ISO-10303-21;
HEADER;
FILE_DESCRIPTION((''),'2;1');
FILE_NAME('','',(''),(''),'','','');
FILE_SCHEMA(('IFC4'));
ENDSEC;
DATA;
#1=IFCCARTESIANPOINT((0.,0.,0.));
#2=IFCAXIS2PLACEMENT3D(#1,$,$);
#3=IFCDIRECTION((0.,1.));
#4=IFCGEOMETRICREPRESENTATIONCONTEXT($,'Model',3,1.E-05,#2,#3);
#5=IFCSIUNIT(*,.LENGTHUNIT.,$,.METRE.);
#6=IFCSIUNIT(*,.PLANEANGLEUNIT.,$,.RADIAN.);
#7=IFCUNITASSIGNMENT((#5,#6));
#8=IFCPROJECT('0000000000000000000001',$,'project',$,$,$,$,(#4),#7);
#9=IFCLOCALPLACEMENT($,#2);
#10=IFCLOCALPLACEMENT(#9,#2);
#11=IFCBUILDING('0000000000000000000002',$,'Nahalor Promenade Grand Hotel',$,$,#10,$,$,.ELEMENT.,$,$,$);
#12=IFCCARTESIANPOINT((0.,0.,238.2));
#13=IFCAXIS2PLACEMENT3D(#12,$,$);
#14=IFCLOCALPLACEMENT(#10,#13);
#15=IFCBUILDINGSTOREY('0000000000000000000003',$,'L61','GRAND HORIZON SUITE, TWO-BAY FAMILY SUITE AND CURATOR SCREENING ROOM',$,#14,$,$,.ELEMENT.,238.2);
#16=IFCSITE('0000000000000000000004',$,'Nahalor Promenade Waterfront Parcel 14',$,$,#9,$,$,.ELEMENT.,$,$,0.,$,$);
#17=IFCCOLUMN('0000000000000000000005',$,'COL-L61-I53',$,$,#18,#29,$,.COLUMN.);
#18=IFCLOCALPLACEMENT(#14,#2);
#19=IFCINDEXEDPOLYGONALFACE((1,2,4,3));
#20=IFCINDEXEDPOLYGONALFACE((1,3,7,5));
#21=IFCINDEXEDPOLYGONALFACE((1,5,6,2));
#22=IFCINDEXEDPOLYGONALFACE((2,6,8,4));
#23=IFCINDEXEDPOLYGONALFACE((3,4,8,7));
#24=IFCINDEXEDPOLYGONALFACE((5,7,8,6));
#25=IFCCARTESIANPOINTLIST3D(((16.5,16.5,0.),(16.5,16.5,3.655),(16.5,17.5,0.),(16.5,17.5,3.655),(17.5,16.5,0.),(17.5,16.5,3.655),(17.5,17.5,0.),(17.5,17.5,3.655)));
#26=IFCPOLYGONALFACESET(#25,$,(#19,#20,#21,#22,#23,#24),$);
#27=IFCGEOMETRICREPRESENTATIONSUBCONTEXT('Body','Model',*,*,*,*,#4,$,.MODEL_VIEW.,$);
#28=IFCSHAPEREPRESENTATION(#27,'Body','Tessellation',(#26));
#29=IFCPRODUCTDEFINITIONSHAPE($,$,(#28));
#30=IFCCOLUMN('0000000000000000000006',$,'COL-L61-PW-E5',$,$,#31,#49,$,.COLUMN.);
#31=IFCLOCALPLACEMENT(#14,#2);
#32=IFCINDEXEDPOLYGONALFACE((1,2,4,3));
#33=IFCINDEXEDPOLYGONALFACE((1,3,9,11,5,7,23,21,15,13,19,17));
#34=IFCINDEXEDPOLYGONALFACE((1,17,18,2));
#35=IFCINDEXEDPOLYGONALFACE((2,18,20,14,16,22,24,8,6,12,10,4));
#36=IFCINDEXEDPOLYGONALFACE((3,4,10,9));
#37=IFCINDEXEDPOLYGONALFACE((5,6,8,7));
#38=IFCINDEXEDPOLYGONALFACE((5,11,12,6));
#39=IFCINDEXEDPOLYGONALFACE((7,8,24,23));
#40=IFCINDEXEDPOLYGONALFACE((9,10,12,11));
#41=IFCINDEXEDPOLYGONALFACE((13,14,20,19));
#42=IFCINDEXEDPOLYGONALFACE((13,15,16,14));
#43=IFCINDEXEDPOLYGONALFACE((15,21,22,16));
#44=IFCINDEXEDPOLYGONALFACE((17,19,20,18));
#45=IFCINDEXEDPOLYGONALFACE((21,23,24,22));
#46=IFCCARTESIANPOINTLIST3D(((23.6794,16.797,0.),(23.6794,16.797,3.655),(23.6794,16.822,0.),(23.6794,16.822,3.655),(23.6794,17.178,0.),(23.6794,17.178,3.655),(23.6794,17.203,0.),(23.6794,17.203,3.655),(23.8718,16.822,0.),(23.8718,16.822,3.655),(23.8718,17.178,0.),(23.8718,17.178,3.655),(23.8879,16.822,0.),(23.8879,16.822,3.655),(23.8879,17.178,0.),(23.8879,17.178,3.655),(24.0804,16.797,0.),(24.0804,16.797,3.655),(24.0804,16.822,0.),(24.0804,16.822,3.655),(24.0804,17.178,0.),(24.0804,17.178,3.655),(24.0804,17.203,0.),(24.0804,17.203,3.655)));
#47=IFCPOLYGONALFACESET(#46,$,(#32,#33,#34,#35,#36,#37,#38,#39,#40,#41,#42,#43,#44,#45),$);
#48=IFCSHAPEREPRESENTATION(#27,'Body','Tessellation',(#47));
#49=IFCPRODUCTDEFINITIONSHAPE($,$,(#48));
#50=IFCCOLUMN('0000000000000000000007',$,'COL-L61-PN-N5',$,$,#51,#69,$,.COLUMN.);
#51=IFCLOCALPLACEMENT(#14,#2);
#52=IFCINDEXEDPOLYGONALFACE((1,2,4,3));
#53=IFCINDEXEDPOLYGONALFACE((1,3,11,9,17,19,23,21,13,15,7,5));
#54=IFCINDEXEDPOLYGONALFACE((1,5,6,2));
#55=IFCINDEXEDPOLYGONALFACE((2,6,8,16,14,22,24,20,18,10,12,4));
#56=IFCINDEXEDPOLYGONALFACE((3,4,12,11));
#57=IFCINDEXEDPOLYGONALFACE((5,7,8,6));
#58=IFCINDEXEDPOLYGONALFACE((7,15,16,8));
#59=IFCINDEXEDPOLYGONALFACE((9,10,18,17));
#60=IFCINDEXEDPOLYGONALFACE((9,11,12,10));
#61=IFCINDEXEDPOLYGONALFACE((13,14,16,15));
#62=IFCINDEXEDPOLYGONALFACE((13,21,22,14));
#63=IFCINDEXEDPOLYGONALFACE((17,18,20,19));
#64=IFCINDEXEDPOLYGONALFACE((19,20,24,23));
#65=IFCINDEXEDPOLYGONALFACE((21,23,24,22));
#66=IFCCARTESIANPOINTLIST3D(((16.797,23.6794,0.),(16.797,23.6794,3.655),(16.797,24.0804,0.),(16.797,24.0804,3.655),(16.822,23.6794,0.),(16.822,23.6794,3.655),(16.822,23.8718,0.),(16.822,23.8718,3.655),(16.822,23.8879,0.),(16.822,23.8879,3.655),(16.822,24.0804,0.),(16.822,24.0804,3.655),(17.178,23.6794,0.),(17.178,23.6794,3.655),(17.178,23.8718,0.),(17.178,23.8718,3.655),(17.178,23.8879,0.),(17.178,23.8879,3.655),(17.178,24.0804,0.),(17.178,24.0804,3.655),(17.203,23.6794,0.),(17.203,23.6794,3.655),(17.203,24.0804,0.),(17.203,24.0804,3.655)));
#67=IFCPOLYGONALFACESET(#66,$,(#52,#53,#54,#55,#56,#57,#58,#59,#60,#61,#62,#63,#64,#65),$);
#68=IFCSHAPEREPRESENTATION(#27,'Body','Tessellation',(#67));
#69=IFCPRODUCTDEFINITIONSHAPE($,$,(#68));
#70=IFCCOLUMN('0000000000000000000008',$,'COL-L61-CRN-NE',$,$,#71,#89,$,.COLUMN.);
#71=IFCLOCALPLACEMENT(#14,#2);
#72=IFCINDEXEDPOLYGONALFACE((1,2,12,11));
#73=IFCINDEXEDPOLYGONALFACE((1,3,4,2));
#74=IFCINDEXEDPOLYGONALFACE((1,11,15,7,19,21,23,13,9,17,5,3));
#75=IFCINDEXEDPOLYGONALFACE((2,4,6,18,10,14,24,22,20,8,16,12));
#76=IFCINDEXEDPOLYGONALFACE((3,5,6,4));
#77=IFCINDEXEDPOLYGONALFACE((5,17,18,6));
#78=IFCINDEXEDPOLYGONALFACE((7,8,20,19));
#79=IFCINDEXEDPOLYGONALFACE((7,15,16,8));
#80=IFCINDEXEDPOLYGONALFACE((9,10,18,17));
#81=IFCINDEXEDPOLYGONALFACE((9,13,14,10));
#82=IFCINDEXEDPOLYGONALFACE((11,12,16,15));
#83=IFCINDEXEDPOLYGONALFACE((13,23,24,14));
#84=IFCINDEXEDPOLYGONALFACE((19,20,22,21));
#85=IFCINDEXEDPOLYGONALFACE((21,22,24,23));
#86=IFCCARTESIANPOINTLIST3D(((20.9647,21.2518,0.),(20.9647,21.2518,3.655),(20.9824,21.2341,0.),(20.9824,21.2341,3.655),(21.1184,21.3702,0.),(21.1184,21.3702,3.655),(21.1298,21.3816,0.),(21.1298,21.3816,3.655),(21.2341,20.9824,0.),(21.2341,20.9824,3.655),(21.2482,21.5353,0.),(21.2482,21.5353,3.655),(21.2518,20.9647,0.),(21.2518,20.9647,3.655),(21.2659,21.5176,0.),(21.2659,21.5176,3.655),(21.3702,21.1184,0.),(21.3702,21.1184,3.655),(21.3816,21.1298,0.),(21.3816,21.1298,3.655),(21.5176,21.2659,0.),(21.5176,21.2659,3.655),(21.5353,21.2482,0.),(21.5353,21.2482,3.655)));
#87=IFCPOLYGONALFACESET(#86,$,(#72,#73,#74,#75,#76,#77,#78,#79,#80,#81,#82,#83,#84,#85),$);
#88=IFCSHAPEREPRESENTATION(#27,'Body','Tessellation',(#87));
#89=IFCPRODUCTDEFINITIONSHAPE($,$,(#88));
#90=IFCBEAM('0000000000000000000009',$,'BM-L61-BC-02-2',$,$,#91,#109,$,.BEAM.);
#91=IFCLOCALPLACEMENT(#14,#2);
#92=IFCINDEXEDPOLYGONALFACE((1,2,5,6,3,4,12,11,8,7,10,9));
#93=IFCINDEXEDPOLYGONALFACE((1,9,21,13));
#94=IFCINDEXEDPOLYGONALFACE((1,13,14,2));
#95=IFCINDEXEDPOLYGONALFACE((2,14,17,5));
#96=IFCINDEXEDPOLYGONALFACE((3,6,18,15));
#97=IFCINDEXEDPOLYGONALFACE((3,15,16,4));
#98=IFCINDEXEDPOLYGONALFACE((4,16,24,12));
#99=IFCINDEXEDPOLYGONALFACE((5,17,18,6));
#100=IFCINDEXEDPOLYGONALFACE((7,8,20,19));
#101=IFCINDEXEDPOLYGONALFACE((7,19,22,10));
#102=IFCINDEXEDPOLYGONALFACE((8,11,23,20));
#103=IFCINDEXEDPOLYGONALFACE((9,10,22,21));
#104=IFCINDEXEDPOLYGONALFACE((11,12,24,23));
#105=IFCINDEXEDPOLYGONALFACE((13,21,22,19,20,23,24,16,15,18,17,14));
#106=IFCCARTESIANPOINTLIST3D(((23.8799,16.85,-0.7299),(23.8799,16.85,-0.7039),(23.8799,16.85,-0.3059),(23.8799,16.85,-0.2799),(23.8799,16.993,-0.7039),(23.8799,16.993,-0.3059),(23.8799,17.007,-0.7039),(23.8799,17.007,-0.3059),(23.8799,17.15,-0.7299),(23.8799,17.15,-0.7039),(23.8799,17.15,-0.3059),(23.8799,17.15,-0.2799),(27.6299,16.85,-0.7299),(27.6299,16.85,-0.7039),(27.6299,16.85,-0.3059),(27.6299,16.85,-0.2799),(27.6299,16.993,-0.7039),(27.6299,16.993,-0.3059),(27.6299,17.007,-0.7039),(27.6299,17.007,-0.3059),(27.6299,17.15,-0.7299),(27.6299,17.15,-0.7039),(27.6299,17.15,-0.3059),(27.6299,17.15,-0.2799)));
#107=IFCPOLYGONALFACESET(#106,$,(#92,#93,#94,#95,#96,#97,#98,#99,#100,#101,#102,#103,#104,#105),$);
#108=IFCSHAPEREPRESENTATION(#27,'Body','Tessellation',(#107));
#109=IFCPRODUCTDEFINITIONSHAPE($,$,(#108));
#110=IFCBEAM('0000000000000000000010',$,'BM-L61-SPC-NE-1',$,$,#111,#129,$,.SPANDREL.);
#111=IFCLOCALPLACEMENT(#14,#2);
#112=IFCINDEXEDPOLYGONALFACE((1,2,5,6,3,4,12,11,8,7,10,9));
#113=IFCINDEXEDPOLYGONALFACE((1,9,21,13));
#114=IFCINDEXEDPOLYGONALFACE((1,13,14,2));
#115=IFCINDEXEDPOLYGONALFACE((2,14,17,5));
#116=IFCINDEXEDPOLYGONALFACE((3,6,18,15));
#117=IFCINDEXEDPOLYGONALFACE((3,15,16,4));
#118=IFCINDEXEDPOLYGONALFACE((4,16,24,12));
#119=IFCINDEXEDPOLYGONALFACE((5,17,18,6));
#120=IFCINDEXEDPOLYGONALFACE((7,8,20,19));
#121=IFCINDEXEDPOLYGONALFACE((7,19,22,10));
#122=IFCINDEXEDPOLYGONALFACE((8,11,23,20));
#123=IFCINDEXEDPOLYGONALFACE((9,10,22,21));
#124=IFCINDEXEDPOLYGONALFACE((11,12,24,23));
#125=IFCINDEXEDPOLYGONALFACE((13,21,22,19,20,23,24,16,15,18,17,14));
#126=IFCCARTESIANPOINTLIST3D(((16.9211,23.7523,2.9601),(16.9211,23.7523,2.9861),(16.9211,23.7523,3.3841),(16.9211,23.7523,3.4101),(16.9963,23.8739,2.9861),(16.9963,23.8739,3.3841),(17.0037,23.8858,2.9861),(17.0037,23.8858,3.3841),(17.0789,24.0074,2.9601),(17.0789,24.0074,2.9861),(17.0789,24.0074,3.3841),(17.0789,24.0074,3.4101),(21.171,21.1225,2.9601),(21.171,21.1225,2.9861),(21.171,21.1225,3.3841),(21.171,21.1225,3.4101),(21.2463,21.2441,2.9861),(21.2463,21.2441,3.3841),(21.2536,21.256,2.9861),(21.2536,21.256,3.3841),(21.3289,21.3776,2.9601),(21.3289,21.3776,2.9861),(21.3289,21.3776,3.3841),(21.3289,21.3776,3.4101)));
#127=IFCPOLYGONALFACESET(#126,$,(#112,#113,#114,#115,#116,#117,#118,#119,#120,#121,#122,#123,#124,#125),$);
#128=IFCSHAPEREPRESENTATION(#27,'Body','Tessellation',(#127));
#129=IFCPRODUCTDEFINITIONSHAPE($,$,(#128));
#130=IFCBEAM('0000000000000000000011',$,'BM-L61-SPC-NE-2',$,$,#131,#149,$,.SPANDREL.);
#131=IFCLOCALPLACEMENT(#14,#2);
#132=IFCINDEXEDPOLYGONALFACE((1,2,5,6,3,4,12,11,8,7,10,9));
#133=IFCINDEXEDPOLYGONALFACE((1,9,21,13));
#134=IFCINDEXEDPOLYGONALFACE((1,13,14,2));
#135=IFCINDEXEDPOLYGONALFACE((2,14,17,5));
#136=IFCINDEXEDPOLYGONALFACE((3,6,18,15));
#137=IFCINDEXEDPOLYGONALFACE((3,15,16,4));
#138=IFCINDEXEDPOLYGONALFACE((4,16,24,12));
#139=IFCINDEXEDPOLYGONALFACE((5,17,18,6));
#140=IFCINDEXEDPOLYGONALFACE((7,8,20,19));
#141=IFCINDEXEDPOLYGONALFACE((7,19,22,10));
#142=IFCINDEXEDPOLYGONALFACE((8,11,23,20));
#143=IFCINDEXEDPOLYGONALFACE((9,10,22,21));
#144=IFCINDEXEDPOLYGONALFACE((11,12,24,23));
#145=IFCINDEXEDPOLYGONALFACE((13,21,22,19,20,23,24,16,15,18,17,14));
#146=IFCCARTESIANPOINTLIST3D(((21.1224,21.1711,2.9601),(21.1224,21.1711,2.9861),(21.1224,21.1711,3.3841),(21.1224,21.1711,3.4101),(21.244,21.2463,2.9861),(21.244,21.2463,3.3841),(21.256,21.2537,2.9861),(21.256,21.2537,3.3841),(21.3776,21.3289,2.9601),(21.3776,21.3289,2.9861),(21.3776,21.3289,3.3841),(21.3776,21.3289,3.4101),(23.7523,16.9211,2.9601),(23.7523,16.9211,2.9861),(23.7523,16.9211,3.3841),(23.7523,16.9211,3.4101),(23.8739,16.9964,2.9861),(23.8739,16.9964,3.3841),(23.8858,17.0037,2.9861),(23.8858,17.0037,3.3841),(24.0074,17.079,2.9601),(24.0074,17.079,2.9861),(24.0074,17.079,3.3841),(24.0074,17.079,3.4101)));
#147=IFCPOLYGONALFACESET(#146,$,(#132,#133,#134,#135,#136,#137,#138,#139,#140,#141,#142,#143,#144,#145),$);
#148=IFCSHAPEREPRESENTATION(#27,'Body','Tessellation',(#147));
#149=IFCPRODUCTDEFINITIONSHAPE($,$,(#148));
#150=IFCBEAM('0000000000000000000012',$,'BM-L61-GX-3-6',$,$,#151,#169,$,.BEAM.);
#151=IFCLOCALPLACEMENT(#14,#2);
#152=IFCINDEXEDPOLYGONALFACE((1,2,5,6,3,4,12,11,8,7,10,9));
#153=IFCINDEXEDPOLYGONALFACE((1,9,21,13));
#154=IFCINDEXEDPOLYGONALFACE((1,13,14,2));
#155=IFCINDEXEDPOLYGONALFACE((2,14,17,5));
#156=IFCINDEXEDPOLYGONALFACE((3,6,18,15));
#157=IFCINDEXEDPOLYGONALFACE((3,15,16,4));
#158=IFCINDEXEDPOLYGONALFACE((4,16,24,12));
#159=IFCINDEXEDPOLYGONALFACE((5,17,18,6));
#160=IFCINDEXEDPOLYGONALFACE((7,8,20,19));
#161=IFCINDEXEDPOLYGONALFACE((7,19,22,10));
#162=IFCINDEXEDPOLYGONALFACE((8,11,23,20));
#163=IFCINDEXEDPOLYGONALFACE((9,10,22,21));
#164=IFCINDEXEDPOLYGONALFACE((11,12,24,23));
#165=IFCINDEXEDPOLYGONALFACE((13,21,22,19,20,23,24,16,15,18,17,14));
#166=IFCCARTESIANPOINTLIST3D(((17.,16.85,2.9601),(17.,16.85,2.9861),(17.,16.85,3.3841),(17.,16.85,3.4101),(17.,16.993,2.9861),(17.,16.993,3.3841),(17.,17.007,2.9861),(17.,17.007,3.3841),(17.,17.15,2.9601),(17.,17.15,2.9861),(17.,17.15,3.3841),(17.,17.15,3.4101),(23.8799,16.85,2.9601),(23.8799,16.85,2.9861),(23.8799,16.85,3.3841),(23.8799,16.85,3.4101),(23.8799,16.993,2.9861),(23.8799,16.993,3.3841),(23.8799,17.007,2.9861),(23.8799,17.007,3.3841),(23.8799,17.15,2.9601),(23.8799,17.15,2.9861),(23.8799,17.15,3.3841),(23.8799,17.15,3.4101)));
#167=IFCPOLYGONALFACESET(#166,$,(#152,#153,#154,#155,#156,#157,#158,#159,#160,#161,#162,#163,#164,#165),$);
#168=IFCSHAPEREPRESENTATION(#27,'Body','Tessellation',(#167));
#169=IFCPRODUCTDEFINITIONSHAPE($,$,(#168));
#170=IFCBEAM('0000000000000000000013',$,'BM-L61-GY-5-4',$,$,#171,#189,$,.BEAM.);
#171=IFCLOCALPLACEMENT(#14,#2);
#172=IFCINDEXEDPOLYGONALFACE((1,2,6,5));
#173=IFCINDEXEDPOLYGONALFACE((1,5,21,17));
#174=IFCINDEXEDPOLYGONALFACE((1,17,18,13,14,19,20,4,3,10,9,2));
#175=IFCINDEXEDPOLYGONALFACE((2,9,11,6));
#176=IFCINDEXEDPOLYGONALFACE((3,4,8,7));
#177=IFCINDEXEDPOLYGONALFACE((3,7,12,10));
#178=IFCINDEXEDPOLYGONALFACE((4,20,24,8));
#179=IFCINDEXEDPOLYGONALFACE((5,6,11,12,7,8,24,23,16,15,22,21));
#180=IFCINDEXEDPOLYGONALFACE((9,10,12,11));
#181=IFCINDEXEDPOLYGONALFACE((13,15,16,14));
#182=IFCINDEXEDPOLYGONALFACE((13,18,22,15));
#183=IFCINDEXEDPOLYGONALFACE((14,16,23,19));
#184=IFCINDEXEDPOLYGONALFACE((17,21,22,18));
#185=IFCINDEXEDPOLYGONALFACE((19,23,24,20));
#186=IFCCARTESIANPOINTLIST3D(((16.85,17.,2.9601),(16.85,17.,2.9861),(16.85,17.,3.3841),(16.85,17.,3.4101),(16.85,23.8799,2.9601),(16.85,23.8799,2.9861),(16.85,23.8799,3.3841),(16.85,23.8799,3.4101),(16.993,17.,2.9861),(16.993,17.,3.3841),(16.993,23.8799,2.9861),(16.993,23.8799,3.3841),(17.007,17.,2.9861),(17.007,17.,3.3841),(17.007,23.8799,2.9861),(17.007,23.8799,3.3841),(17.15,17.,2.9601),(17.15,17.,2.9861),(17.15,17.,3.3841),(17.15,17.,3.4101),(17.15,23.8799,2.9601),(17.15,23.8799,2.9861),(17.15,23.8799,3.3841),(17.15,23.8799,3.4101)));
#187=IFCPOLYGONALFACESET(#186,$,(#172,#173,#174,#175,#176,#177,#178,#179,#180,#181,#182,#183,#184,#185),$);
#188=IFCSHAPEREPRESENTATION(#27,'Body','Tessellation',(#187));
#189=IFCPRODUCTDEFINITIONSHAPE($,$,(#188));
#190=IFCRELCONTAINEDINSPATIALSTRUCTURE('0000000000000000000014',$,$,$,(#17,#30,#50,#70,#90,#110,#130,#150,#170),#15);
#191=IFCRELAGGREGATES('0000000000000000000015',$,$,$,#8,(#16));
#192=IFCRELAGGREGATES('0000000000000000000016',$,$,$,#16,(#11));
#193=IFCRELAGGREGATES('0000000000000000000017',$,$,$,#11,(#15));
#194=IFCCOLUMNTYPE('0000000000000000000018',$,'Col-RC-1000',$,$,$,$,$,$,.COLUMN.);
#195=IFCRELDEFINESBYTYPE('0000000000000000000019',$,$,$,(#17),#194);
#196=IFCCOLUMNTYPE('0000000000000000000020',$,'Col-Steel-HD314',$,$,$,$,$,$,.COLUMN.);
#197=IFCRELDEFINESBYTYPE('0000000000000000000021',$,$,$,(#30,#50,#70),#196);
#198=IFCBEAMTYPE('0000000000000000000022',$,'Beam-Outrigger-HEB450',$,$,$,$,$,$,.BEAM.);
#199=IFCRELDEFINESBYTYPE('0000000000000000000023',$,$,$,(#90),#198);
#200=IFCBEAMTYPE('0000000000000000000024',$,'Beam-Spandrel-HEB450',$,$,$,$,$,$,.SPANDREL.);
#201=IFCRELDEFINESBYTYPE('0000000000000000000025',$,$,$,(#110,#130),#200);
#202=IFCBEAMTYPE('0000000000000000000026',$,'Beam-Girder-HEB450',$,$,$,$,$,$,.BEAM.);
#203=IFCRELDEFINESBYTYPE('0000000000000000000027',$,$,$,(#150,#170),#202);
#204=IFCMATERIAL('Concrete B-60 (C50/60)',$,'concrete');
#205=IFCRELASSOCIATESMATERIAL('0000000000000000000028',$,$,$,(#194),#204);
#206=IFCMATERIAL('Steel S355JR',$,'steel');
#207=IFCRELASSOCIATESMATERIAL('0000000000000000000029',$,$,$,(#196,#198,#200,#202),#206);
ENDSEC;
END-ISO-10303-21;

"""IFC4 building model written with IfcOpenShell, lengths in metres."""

from ifc_helpers import new_model, si_unit, direction, frame, origin, origin_2d, place, context, subcontext, project, spatial, rectangle, i_section, extrude, source, transform, mapped, material, material_profile, profile_set, type_object, element, save


model = new_model("IFC4")

# Units and contexts
model_context = context("Model", 3, precision=1e-05, world=origin(), true_north=direction((0.0, 1.0)))
body_context = subcontext(model_context, "Body", "Model", "MODEL_VIEW")
ifc_project = project(units=[si_unit("LENGTHUNIT", "METRE"), si_unit("PLANEANGLEUNIT", "RADIAN")], contexts=[model_context])

# Site, building, storey
site_placement = place(None, origin())
site = spatial("IfcSite", under=ifc_project, at=site_placement, Name="Nahalor Promenade Waterfront Parcel 14", CompositionType="ELEMENT", RefElevation=0.0)
building_placement = place(site_placement, origin())
building = spatial("IfcBuilding", under=site, at=building_placement, Name="Nahalor Promenade Grand Hotel", CompositionType="ELEMENT")
storey_placement = place(building_placement, frame((0.0, 0.0, 238.2)))
storey = spatial("IfcBuildingStorey", under=building, at=storey_placement, Name="L61", Description="GRAND HORIZON SUITE, TWO-BAY FAMILY SUITE AND CURATOR SCREENING ROOM", CompositionType="ELEMENT", Elevation=238.2)

# Columns
ifc_material_1 = material(Name="Concrete B-60 (C50/60)", Category="concrete")
ifc_material_profile_1 = material_profile(ifc_material_1, rectangle(XDim=1.0, YDim=1.0, at=origin_2d()), Name="RC 1000x1000")
ifc_profile_set_1 = profile_set([ifc_material_profile_1], Name="Concrete B-60 (C50/60)")
column_type_1 = type_object("IfcColumnType", Name="Col-RC-1000", PredefinedType="COLUMN", material=ifc_profile_set_1)
shared_shape_1 = source(origin(), body_context, "Body", "SweptSolid", [
    extrude(rectangle(XDim=1.0, YDim=1.0, at=origin_2d()), origin(), (0.0, 0.0, 1.0), 3.655),
])
column_placement = place(storey_placement, frame((17.0, 17.0, 0.0), z_axis=(0.0, 0.0, 1.0), x_axis=(1.0, 0.0, 0.0)))
element("IfcColumn", 1, at=column_placement, inside=storey, type_object=column_type_1, Name="COL-L61-I53", PredefinedType="COLUMN", context=body_context, shape_type="MappedRepresentation", body=[
    mapped(shared_shape_1, transform((0.0, 0.0, 0.0), scale=1.0)),
])
ifc_material_2 = material(Name="Steel S355JR", Category="steel")
ifc_material_profile_2 = material_profile(ifc_material_2, i_section(OverallWidth=0.401, OverallDepth=0.406, WebThickness=0.0161, FlangeThickness=0.025, at=origin_2d()), Name="HD 400x314")
ifc_profile_set_2 = profile_set([ifc_material_profile_2], Name="Steel S355JR")
column_type_2 = type_object("IfcColumnType", Name="Col-Steel-HD314", PredefinedType="COLUMN", material=ifc_profile_set_2)
shared_shape_2 = source(origin(), body_context, "Body", "SweptSolid", [
    extrude(i_section(OverallWidth=0.401, OverallDepth=0.406, WebThickness=0.0161, FlangeThickness=0.025, at=origin_2d()), origin(), (0.0, 0.0, 1.0), 3.655),
])
for number, where, z_axis, x_axis, name in (
    (2, (23.8799, 17.0, 0.0), (0.0, 0.0, 1.0), (1.0, 0.0, 0.0), "COL-L61-PW-E5"),
    (3, (17.0, 23.8799, 0.0), (0.0, 0.0, 1.0), (0.0, 1.0, 0.0), "COL-L61-PN-N5"),
    (4, (21.25, 21.25, 0.0), (0.0, 0.0, 1.0), (0.707107, 0.707107, 0.0), "COL-L61-CRN-NE"),
):
    element("IfcColumn", number, at=place(storey_placement, frame(where, z_axis=z_axis, x_axis=x_axis)), inside=storey, type_object=column_type_2, Name=name, PredefinedType="COLUMN", context=body_context, shape_type="MappedRepresentation", body=[
        mapped(shared_shape_2, transform((0.0, 0.0, 0.0), scale=1.0)),
    ])

# Beams
ifc_material_profile_3 = material_profile(ifc_material_2, i_section(OverallWidth=0.3, OverallDepth=0.45, WebThickness=0.014, FlangeThickness=0.026, at=origin_2d()), Name="HEB 450")
ifc_profile_set_3 = profile_set([ifc_material_profile_3], Name="Steel S355JR")
beam_type_1 = type_object("IfcBeamType", Name="Beam-Outrigger-HEB450", PredefinedType="BEAM", material=ifc_profile_set_3)
shared_shape_3 = source(origin(), body_context, "Body", "SweptSolid", [
    extrude(i_section(OverallWidth=0.3, OverallDepth=0.45, WebThickness=0.014, FlangeThickness=0.026, at=origin_2d()), origin(), (0.0, 0.0, 1.0), 3.75),
])
beam_placement = place(storey_placement, frame((23.8799, 17.0, -0.5049), z_axis=(1.0, 0.0, 0.0), x_axis=(0.0, 1.0, 0.0)))
element("IfcBeam", 5, at=beam_placement, inside=storey, type_object=beam_type_1, Name="BM-L61-BC-02-2", PredefinedType="BEAM", context=body_context, shape_type="MappedRepresentation", body=[
    mapped(shared_shape_3, transform((0.0, 0.0, 0.0), scale=1.0)),
])
ifc_material_profile_4 = material_profile(ifc_material_2, i_section(OverallWidth=0.3, OverallDepth=0.45, WebThickness=0.014, FlangeThickness=0.026, at=origin_2d()), Name="HEB 450")
ifc_profile_set_4 = profile_set([ifc_material_profile_4], Name="Steel S355JR")
beam_type_2 = type_object("IfcBeamType", Name="Beam-Spandrel-HEB450", PredefinedType="SPANDREL", material=ifc_profile_set_4)
shared_shape_4 = source(origin(), body_context, "Body", "SweptSolid", [
    extrude(i_section(OverallWidth=0.3, OverallDepth=0.45, WebThickness=0.014, FlangeThickness=0.026, at=origin_2d()), origin(), (0.0, 0.0, 1.0), 4.9978),
])
for number, where, z_axis, x_axis, name in (
    (6, (17.0, 23.8799, 3.1851), (0.850361, -0.5262, 0.0), (0.5262, 0.850361, 0.0), "BM-L61-SPC-NE-1"),
    (7, (21.25, 21.25, 3.1851), (0.5262, -0.850361, 0.0), (0.850361, 0.5262, 0.0), "BM-L61-SPC-NE-2"),
):
    element("IfcBeam", number, at=place(storey_placement, frame(where, z_axis=z_axis, x_axis=x_axis)), inside=storey, type_object=beam_type_2, Name=name, PredefinedType="SPANDREL", context=body_context, shape_type="MappedRepresentation", body=[
        mapped(shared_shape_4, transform((0.0, 0.0, 0.0), scale=1.0)),
    ])
ifc_material_profile_5 = material_profile(ifc_material_2, i_section(OverallWidth=0.3, OverallDepth=0.45, WebThickness=0.014, FlangeThickness=0.026, at=origin_2d()), Name="HEB 450")
ifc_profile_set_5 = profile_set([ifc_material_profile_5], Name="Steel S355JR")
beam_type_3 = type_object("IfcBeamType", Name="Beam-Girder-HEB450", PredefinedType="BEAM", material=ifc_profile_set_5)
shared_shape_5 = source(origin(), body_context, "Body", "SweptSolid", [
    extrude(i_section(OverallWidth=0.3, OverallDepth=0.45, WebThickness=0.014, FlangeThickness=0.026, at=origin_2d()), origin(), (0.0, 0.0, 1.0), 6.8799),
])
for number, where, z_axis, x_axis, name in (
    (8, (17.0, 17.0, 3.1851), (1.0, 0.0, 0.0), (0.0, 1.0, 0.0), "BM-L61-GX-3-6"),
    (9, (17.0, 17.0, 3.1851), (0.0, 1.0, 0.0), (-1.0, 0.0, 0.0), "BM-L61-GY-5-4"),
):
    element("IfcBeam", number, at=place(storey_placement, frame(where, z_axis=z_axis, x_axis=x_axis)), inside=storey, type_object=beam_type_3, Name=name, PredefinedType="BEAM", context=body_context, shape_type="MappedRepresentation", body=[
        mapped(shared_shape_5, transform((0.0, 0.0, 0.0), scale=1.0)),
    ])

save(model, "model.ifc")
